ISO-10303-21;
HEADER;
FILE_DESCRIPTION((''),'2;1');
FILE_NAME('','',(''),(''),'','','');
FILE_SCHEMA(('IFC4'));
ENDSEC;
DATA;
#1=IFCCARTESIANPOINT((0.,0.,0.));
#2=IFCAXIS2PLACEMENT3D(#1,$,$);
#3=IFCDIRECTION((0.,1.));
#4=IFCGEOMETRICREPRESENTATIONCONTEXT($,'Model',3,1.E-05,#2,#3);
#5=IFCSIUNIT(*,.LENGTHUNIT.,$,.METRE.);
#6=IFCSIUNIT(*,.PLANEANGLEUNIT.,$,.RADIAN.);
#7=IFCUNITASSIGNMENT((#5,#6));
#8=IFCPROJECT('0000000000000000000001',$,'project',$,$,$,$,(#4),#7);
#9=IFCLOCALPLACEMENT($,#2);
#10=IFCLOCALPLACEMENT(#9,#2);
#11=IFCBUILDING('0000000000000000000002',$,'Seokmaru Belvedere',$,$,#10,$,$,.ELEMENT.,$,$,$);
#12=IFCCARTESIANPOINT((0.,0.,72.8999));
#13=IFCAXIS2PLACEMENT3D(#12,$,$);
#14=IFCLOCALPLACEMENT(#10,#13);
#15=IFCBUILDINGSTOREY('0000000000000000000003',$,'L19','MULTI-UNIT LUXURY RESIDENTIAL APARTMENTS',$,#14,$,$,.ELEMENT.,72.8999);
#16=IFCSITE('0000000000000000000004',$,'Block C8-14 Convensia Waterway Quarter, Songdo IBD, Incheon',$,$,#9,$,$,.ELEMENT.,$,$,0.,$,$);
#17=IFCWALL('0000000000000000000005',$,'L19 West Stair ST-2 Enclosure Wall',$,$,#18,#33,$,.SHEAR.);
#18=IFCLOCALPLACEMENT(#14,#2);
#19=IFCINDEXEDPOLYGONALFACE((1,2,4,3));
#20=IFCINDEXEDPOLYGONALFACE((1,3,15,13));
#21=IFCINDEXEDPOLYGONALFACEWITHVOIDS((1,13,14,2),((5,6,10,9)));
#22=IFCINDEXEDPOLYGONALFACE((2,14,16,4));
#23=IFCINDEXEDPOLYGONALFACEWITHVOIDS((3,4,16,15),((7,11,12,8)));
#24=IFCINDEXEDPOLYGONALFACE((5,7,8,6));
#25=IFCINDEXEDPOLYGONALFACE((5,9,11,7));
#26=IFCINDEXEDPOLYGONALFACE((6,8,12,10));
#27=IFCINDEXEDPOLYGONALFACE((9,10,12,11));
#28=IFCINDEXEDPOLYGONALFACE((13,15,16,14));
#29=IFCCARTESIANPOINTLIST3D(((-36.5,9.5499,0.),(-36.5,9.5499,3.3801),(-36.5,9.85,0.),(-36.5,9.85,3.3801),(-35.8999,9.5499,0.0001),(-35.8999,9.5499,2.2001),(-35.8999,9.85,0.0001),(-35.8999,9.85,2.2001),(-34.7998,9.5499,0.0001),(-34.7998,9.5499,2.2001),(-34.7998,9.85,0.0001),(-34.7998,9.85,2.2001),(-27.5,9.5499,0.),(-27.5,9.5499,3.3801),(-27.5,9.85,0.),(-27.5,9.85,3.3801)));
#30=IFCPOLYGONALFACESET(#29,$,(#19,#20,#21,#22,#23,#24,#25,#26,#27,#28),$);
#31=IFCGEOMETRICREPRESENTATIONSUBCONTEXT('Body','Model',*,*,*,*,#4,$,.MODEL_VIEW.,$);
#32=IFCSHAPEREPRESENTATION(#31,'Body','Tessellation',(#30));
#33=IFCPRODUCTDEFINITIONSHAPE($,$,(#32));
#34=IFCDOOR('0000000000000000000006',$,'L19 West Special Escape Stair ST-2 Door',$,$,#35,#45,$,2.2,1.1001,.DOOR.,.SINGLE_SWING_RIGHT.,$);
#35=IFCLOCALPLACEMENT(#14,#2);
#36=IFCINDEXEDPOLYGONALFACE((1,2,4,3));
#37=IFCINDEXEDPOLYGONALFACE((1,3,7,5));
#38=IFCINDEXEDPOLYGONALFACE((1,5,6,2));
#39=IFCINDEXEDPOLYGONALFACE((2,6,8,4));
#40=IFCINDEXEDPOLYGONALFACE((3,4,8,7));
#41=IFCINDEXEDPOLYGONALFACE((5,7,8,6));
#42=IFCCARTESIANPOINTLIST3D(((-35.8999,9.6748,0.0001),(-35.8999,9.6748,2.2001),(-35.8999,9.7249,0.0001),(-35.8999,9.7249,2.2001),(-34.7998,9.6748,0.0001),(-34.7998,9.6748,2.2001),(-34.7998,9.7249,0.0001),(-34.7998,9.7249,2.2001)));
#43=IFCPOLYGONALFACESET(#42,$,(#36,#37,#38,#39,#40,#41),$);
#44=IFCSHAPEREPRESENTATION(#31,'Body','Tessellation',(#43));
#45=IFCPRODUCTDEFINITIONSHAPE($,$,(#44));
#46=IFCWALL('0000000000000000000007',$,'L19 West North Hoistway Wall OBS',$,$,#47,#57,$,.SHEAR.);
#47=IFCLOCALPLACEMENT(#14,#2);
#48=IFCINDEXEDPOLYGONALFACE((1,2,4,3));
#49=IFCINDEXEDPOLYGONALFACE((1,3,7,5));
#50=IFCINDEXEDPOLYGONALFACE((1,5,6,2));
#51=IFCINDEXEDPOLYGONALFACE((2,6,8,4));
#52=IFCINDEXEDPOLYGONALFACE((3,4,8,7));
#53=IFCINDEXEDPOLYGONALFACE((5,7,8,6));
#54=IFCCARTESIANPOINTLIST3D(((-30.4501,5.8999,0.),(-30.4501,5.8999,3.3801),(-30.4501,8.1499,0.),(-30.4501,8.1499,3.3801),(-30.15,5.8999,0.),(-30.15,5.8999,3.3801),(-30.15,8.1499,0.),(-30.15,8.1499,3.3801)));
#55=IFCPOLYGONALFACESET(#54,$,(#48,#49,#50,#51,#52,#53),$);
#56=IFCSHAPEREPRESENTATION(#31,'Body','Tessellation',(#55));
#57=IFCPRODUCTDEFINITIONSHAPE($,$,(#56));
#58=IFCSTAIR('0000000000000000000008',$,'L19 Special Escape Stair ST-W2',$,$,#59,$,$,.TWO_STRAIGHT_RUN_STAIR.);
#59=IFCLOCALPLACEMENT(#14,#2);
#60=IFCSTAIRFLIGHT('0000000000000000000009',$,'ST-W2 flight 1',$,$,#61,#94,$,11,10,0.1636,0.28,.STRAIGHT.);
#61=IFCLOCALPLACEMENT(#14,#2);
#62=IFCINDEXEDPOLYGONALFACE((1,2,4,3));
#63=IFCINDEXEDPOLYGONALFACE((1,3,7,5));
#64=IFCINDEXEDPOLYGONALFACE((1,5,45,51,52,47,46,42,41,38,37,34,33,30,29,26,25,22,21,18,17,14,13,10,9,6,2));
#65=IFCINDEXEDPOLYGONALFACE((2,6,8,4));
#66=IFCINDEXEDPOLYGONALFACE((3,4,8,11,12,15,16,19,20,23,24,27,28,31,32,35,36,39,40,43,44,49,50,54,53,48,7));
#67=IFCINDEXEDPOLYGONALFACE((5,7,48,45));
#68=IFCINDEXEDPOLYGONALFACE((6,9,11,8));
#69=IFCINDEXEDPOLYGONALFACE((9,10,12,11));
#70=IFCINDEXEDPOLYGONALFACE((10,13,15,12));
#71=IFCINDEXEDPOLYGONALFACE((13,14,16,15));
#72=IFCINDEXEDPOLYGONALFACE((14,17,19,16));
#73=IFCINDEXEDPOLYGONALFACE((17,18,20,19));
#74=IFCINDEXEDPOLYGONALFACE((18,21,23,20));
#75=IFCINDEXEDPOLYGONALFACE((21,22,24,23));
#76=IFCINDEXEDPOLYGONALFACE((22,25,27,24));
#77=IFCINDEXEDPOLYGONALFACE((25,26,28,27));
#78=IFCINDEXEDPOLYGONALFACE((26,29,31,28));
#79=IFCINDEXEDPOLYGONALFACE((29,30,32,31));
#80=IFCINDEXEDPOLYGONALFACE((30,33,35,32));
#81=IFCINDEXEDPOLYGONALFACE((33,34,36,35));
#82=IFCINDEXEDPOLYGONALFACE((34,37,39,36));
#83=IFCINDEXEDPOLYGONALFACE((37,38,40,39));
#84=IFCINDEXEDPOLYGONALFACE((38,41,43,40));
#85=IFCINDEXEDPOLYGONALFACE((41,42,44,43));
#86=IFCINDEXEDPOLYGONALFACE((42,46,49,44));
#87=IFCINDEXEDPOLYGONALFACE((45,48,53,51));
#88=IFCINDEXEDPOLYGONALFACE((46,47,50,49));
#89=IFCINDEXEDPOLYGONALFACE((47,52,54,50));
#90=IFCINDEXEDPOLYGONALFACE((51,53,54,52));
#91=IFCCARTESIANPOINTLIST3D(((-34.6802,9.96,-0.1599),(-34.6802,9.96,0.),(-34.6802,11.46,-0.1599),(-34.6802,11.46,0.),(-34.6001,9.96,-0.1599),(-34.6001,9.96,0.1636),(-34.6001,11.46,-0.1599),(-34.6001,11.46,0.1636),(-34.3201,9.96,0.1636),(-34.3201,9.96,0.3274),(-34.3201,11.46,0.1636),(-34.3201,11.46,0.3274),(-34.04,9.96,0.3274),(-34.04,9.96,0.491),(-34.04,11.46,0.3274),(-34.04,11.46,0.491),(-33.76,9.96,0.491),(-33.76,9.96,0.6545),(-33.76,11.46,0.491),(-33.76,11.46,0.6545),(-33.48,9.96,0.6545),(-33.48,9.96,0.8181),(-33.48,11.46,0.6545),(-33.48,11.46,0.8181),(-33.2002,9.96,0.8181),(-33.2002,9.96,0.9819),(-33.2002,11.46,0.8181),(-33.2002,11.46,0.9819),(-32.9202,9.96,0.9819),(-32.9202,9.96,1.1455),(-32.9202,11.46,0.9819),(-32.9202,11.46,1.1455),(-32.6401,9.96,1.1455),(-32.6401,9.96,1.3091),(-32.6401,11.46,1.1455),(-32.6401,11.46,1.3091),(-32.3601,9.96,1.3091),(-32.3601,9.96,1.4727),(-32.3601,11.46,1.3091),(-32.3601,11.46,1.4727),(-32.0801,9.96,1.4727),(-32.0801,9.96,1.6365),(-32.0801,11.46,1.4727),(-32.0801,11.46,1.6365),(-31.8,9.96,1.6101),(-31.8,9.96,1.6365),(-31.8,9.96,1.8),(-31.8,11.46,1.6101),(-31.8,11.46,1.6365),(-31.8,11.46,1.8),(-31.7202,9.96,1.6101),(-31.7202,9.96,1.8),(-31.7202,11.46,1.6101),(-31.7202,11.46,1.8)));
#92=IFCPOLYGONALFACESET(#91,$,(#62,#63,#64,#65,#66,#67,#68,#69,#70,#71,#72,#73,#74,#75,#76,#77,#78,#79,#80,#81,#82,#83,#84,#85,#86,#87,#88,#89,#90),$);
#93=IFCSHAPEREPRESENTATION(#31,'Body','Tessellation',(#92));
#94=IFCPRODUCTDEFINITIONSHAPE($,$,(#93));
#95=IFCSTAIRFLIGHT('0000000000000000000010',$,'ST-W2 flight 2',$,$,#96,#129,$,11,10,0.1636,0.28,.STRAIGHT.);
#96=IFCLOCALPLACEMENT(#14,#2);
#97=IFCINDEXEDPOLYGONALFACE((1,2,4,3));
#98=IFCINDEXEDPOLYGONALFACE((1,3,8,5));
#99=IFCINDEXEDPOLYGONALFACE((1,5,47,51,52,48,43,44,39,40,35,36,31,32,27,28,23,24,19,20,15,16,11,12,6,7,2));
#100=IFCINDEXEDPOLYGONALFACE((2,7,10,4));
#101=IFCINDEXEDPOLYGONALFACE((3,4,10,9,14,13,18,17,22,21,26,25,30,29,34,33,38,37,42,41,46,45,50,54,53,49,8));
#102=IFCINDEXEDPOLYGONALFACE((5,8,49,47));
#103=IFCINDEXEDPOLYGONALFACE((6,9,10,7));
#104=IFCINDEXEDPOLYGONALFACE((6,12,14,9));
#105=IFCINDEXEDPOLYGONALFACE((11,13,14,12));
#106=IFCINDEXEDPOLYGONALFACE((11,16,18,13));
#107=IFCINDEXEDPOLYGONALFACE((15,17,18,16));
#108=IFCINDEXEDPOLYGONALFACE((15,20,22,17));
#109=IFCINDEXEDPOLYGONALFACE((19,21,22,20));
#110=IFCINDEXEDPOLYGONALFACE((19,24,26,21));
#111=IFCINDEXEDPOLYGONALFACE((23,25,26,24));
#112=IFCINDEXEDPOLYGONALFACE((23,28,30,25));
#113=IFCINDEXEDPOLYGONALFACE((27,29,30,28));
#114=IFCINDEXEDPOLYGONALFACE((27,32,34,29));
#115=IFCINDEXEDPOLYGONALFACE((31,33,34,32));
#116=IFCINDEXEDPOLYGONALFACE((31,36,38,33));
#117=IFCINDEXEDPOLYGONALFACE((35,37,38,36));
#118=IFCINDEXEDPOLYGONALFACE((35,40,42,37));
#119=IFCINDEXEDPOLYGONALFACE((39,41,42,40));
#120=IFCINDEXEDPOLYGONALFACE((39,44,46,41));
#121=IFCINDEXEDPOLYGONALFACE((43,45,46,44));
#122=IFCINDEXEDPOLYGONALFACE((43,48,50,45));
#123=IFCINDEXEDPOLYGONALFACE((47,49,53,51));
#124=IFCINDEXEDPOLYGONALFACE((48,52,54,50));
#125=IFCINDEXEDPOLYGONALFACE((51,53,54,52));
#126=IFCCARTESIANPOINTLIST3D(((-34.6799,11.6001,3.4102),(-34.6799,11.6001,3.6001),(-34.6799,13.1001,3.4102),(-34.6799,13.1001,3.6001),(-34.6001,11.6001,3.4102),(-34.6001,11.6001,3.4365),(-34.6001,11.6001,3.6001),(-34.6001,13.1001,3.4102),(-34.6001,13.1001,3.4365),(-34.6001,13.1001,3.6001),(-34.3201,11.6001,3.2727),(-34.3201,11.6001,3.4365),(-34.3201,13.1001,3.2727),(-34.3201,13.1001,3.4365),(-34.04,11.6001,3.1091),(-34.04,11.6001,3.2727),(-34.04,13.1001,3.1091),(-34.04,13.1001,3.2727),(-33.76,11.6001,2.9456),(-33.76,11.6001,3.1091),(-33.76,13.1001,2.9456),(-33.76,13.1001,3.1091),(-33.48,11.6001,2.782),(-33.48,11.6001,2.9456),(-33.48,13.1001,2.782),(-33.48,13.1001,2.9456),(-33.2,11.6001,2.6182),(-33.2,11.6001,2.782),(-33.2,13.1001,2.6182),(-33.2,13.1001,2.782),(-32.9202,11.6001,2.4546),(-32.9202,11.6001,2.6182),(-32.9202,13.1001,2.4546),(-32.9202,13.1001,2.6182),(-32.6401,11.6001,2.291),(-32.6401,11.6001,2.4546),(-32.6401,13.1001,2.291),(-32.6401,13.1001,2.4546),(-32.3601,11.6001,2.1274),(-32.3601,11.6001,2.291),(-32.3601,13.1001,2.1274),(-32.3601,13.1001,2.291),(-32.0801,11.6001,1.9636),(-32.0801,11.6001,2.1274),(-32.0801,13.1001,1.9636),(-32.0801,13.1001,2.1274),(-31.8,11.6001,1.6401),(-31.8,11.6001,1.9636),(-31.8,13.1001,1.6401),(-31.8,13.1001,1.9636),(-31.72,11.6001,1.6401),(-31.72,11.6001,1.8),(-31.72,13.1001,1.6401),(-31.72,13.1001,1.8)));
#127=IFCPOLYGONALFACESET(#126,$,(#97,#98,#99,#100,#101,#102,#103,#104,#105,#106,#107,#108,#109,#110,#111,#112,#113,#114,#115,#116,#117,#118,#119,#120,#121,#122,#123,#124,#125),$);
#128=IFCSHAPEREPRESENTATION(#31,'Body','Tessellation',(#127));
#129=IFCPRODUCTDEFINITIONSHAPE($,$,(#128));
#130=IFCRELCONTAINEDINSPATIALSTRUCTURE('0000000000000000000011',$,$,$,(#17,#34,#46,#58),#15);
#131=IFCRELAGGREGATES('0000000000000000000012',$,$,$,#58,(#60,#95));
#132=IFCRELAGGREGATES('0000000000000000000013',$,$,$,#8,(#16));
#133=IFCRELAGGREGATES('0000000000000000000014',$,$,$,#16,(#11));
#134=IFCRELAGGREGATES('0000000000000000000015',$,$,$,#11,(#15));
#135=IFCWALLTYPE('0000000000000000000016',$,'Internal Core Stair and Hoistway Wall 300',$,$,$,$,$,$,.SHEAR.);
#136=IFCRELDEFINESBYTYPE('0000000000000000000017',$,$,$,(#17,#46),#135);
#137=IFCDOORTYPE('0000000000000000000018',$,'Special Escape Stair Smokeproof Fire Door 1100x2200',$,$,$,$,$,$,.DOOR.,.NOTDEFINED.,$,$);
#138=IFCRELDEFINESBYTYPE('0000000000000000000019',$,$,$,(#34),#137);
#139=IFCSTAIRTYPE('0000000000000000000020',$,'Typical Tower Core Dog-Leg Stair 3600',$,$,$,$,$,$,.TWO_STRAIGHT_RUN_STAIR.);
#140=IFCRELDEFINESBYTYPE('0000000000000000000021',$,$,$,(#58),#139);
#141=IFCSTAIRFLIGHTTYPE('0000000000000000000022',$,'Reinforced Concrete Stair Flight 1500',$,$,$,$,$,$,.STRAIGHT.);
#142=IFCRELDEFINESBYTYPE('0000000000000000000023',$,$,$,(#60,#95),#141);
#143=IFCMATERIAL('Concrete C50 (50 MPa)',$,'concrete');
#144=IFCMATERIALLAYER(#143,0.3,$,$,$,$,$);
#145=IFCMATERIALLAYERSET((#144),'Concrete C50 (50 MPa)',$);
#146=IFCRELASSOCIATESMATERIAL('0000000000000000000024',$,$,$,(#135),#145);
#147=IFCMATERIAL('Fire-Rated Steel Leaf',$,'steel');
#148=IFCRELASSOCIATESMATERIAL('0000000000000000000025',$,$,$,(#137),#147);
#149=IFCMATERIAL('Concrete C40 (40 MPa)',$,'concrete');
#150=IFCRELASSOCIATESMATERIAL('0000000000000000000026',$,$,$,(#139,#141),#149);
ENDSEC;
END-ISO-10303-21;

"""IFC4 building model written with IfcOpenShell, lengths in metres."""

from ifc_helpers import new_model, si_unit, direction, frame, frame_2d, origin, place, context, subcontext, project, spatial, polyline, rectangle, outline, extrude, source, transform, mapped, material, layer, layer_set, type_object, type_shapes, element, fill, aggregate, save


model = new_model("IFC4")

# Units and contexts
model_context = context("Model", 3, precision=1e-05, world=origin(), true_north=direction((0.0, 1.0)))
body_context = subcontext(model_context, "Body", "Model", "MODEL_VIEW")
ifc_project = project(units=[si_unit("LENGTHUNIT", "METRE"), si_unit("PLANEANGLEUNIT", "RADIAN")], contexts=[model_context])

# Site, building, storey
site_placement = place(None, origin())
site = spatial("IfcSite", under=ifc_project, at=site_placement, Name="Block C8-14 Convensia Waterway Quarter, Songdo IBD, Incheon", CompositionType="ELEMENT", RefElevation=0.0)
building_placement = place(site_placement, origin())
building = spatial("IfcBuilding", under=site, at=building_placement, Name="Seokmaru Belvedere", CompositionType="ELEMENT")
storey_placement = place(building_placement, frame((0.0, 0.0, 72.8999)))
storey = spatial("IfcBuildingStorey", under=building, at=storey_placement, Name="L19", Description="MULTI-UNIT LUXURY RESIDENTIAL APARTMENTS", CompositionType="ELEMENT", Elevation=72.8999)

# Shared definitions
ifc_material_1 = material(Name="Concrete C50 (50 MPa)", Category="concrete")

# Wall, opening, door
ifc_layer_1 = layer(ifc_material_1, 0.3)
ifc_layer_set_1 = layer_set([ifc_layer_1], Name="Concrete C50 (50 MPa)")
wall_type_1 = type_object("IfcWallType", Name="Internal Core Stair and Hoistway Wall 300", PredefinedType="SHEAR", material=ifc_layer_set_1)
wall_1_placement = place(storey_placement, frame((-36.5, 9.7, 0.0), z_axis=(0.0, 0.0, 1.0), x_axis=(1.0, 0.0, 0.0)))
wall_1 = element("IfcWall", 1, at=wall_1_placement, inside=storey, type_object=wall_type_1, Name="L19 West Stair ST-2 Enclosure Wall", PredefinedType="SHEAR", context=body_context, shape_type="SweptSolid", body=[
    extrude(rectangle(XDim=9.0, YDim=0.3, at=frame_2d((4.5, 0.0))), origin(), (0.0, 0.0, 1.0), 3.3801),
])
opening_1_placement = place(wall_1_placement, frame((0.6001, 0.0, 0.0)))
opening_1 = element("IfcOpeningElement", 2, at=opening_1_placement, cuts=wall_1, PredefinedType="OPENING", context=body_context, shape_type="SweptSolid", body=[
    extrude(rectangle(XDim=1.1001, YDim=2.2, at=frame_2d((0.55, 1.1001))), frame((0.0, 0.1602, 0.0), z_axis=(0.0, -1.0, 0.0), x_axis=(1.0, 0.0, 0.0)), (0.0, 0.0, 1.0), 0.3201),
])
ifc_material_2 = material(Name="Fire-Rated Steel Leaf", Category="steel")
door_type_1 = type_object("IfcDoorType", Name="Special Escape Stair Smokeproof Fire Door 1100x2200", OperationType="NOTDEFINED", PredefinedType="DOOR", material=ifc_material_2)
shared_shape_1 = source(origin(), body_context, "Body", "SweptSolid", [
    extrude(rectangle(XDim=1.1001, YDim=2.2, at=frame_2d((0.55, 1.1001))), frame((0.0, 0.0249, 0.0), z_axis=(0.0, -1.0, 0.0), x_axis=(1.0, 0.0, 0.0)), (0.0, 0.0, 1.0), 0.05),
])
type_shapes(door_type_1, [shared_shape_1])
door_1_placement = place(opening_1_placement, origin())
door_1 = element("IfcDoor", 3, at=door_1_placement, inside=storey, type_object=door_type_1, Name="L19 West Special Escape Stair ST-2 Door", OperationType="SINGLE_SWING_RIGHT", OverallHeight=2.2, OverallWidth=1.1001, PredefinedType="DOOR", context=body_context, shape_type="MappedRepresentation", body=[
    mapped(shared_shape_1, transform((0.0, 0.0, 0.0), scale=1.0)),
])
fill(opening_1, door_1)

# Wall
wall_2_placement = place(storey_placement, frame((-30.3, 5.8999, 0.0), z_axis=(0.0, 0.0, 1.0), x_axis=(0.0, 1.0, 0.0)))
element("IfcWall", 4, at=wall_2_placement, inside=storey, type_object=wall_type_1, Name="L19 West North Hoistway Wall OBS", PredefinedType="SHEAR", context=body_context, shape_type="SweptSolid", body=[
    extrude(rectangle(XDim=2.25, YDim=0.3, at=frame_2d((1.125, 0.0))), origin(), (0.0, 0.0, 1.0), 3.3801),
])

# Stair, stair flights
ifc_material_3 = material(Name="Concrete C40 (40 MPa)", Category="concrete")
stair_type = type_object("IfcStairType", Name="Typical Tower Core Dog-Leg Stair 3600", PredefinedType="TWO_STRAIGHT_RUN_STAIR", material=ifc_material_3)
stair_placement = place(storey_placement, origin())
stair = element("IfcStair", 5, at=stair_placement, inside=storey, type_object=stair_type, Name="L19 Special Escape Stair ST-W2", PredefinedType="TWO_STRAIGHT_RUN_STAIR")
stair_flight_type = type_object("IfcStairFlightType", Name="Reinforced Concrete Stair Flight 1500", PredefinedType="STRAIGHT", material=ifc_material_3)
stair_flight_1_placement = place(storey_placement, frame((-34.6001, 10.71, 0.0), z_axis=(0.0, 0.0, 1.0), x_axis=(1.0, 0.0, 0.0)))
stair_flight_1 = element("IfcStairFlight", 6, at=stair_flight_1_placement, type_object=stair_flight_type, Name="ST-W2 flight 1", NumberOfRisers=11, NumberOfTreads=10, PredefinedType="STRAIGHT", RiserHeight=0.1636, TreadLength=0.28, context=body_context, shape_type="SweptSolid", body=[
    extrude(outline(polyline([(-0.0801, 0.0), (0.0, 0.1636), (0.28, 0.1636), (0.28, 0.3274), (0.5601, 0.3274), (0.5601, 0.491), (0.8401, 0.491), (0.8401, 0.6545), (1.1201, 0.6545), (1.1201, 0.8181), (1.3999, 0.8181), (1.3999, 0.9819), (1.6799, 0.9819), (1.6799, 1.1455), (1.96, 1.1455), (1.96, 1.3091), (2.24, 1.3091), (2.24, 1.4727), (2.52, 1.4727), (2.52, 1.6365), (2.8, 1.6365), (2.8, 1.8), (2.8799, 1.8), (2.8799, 1.6101), (2.8, 1.6101), (0.0, -0.1599), (-0.0801, -0.1599), (-0.0801, 0.0)])), frame((0.0, 0.75, 0.0), z_axis=(0.0, -1.0, 0.0), x_axis=(1.0, 0.0, 0.0)), (0.0, 0.0, 1.0), 1.5),
])
stair_flight_2_placement = place(storey_placement, frame((-31.8, 12.3501, 1.8), z_axis=(0.0, 0.0, 1.0), x_axis=(-1.0, 0.0, 0.0)))
stair_flight_2 = element("IfcStairFlight", 7, at=stair_flight_2_placement, type_object=stair_flight_type, Name="ST-W2 flight 2", NumberOfRisers=11, NumberOfTreads=10, PredefinedType="STRAIGHT", RiserHeight=0.1636, TreadLength=0.28, context=body_context, shape_type="SweptSolid", body=[
    extrude(outline(polyline([(-0.0801, 0.0), (0.0, 0.1636), (0.28, 0.1636), (0.28, 0.3274), (0.5601, 0.3274), (0.5601, 0.491), (0.8401, 0.491), (0.8401, 0.6545), (1.1201, 0.6545), (1.1201, 0.8181), (1.3999, 0.8181), (1.3999, 0.9819), (1.6799, 0.9819), (1.6799, 1.1455), (1.96, 1.1455), (1.96, 1.3091), (2.24, 1.3091), (2.24, 1.4727), (2.52, 1.4727), (2.52, 1.6365), (2.8, 1.6365), (2.8, 1.8), (2.8799, 1.8), (2.8799, 1.6101), (2.8, 1.6101), (0.0, -0.1599), (-0.0801, -0.1599), (-0.0801, 0.0)])), frame((0.0, 0.75, 0.0), z_axis=(0.0, -1.0, 0.0), x_axis=(1.0, 0.0, 0.0)), (0.0, 0.0, 1.0), 1.5),
])
aggregate(stair, [stair_flight_1, stair_flight_2])

save(model, "model.ifc")
